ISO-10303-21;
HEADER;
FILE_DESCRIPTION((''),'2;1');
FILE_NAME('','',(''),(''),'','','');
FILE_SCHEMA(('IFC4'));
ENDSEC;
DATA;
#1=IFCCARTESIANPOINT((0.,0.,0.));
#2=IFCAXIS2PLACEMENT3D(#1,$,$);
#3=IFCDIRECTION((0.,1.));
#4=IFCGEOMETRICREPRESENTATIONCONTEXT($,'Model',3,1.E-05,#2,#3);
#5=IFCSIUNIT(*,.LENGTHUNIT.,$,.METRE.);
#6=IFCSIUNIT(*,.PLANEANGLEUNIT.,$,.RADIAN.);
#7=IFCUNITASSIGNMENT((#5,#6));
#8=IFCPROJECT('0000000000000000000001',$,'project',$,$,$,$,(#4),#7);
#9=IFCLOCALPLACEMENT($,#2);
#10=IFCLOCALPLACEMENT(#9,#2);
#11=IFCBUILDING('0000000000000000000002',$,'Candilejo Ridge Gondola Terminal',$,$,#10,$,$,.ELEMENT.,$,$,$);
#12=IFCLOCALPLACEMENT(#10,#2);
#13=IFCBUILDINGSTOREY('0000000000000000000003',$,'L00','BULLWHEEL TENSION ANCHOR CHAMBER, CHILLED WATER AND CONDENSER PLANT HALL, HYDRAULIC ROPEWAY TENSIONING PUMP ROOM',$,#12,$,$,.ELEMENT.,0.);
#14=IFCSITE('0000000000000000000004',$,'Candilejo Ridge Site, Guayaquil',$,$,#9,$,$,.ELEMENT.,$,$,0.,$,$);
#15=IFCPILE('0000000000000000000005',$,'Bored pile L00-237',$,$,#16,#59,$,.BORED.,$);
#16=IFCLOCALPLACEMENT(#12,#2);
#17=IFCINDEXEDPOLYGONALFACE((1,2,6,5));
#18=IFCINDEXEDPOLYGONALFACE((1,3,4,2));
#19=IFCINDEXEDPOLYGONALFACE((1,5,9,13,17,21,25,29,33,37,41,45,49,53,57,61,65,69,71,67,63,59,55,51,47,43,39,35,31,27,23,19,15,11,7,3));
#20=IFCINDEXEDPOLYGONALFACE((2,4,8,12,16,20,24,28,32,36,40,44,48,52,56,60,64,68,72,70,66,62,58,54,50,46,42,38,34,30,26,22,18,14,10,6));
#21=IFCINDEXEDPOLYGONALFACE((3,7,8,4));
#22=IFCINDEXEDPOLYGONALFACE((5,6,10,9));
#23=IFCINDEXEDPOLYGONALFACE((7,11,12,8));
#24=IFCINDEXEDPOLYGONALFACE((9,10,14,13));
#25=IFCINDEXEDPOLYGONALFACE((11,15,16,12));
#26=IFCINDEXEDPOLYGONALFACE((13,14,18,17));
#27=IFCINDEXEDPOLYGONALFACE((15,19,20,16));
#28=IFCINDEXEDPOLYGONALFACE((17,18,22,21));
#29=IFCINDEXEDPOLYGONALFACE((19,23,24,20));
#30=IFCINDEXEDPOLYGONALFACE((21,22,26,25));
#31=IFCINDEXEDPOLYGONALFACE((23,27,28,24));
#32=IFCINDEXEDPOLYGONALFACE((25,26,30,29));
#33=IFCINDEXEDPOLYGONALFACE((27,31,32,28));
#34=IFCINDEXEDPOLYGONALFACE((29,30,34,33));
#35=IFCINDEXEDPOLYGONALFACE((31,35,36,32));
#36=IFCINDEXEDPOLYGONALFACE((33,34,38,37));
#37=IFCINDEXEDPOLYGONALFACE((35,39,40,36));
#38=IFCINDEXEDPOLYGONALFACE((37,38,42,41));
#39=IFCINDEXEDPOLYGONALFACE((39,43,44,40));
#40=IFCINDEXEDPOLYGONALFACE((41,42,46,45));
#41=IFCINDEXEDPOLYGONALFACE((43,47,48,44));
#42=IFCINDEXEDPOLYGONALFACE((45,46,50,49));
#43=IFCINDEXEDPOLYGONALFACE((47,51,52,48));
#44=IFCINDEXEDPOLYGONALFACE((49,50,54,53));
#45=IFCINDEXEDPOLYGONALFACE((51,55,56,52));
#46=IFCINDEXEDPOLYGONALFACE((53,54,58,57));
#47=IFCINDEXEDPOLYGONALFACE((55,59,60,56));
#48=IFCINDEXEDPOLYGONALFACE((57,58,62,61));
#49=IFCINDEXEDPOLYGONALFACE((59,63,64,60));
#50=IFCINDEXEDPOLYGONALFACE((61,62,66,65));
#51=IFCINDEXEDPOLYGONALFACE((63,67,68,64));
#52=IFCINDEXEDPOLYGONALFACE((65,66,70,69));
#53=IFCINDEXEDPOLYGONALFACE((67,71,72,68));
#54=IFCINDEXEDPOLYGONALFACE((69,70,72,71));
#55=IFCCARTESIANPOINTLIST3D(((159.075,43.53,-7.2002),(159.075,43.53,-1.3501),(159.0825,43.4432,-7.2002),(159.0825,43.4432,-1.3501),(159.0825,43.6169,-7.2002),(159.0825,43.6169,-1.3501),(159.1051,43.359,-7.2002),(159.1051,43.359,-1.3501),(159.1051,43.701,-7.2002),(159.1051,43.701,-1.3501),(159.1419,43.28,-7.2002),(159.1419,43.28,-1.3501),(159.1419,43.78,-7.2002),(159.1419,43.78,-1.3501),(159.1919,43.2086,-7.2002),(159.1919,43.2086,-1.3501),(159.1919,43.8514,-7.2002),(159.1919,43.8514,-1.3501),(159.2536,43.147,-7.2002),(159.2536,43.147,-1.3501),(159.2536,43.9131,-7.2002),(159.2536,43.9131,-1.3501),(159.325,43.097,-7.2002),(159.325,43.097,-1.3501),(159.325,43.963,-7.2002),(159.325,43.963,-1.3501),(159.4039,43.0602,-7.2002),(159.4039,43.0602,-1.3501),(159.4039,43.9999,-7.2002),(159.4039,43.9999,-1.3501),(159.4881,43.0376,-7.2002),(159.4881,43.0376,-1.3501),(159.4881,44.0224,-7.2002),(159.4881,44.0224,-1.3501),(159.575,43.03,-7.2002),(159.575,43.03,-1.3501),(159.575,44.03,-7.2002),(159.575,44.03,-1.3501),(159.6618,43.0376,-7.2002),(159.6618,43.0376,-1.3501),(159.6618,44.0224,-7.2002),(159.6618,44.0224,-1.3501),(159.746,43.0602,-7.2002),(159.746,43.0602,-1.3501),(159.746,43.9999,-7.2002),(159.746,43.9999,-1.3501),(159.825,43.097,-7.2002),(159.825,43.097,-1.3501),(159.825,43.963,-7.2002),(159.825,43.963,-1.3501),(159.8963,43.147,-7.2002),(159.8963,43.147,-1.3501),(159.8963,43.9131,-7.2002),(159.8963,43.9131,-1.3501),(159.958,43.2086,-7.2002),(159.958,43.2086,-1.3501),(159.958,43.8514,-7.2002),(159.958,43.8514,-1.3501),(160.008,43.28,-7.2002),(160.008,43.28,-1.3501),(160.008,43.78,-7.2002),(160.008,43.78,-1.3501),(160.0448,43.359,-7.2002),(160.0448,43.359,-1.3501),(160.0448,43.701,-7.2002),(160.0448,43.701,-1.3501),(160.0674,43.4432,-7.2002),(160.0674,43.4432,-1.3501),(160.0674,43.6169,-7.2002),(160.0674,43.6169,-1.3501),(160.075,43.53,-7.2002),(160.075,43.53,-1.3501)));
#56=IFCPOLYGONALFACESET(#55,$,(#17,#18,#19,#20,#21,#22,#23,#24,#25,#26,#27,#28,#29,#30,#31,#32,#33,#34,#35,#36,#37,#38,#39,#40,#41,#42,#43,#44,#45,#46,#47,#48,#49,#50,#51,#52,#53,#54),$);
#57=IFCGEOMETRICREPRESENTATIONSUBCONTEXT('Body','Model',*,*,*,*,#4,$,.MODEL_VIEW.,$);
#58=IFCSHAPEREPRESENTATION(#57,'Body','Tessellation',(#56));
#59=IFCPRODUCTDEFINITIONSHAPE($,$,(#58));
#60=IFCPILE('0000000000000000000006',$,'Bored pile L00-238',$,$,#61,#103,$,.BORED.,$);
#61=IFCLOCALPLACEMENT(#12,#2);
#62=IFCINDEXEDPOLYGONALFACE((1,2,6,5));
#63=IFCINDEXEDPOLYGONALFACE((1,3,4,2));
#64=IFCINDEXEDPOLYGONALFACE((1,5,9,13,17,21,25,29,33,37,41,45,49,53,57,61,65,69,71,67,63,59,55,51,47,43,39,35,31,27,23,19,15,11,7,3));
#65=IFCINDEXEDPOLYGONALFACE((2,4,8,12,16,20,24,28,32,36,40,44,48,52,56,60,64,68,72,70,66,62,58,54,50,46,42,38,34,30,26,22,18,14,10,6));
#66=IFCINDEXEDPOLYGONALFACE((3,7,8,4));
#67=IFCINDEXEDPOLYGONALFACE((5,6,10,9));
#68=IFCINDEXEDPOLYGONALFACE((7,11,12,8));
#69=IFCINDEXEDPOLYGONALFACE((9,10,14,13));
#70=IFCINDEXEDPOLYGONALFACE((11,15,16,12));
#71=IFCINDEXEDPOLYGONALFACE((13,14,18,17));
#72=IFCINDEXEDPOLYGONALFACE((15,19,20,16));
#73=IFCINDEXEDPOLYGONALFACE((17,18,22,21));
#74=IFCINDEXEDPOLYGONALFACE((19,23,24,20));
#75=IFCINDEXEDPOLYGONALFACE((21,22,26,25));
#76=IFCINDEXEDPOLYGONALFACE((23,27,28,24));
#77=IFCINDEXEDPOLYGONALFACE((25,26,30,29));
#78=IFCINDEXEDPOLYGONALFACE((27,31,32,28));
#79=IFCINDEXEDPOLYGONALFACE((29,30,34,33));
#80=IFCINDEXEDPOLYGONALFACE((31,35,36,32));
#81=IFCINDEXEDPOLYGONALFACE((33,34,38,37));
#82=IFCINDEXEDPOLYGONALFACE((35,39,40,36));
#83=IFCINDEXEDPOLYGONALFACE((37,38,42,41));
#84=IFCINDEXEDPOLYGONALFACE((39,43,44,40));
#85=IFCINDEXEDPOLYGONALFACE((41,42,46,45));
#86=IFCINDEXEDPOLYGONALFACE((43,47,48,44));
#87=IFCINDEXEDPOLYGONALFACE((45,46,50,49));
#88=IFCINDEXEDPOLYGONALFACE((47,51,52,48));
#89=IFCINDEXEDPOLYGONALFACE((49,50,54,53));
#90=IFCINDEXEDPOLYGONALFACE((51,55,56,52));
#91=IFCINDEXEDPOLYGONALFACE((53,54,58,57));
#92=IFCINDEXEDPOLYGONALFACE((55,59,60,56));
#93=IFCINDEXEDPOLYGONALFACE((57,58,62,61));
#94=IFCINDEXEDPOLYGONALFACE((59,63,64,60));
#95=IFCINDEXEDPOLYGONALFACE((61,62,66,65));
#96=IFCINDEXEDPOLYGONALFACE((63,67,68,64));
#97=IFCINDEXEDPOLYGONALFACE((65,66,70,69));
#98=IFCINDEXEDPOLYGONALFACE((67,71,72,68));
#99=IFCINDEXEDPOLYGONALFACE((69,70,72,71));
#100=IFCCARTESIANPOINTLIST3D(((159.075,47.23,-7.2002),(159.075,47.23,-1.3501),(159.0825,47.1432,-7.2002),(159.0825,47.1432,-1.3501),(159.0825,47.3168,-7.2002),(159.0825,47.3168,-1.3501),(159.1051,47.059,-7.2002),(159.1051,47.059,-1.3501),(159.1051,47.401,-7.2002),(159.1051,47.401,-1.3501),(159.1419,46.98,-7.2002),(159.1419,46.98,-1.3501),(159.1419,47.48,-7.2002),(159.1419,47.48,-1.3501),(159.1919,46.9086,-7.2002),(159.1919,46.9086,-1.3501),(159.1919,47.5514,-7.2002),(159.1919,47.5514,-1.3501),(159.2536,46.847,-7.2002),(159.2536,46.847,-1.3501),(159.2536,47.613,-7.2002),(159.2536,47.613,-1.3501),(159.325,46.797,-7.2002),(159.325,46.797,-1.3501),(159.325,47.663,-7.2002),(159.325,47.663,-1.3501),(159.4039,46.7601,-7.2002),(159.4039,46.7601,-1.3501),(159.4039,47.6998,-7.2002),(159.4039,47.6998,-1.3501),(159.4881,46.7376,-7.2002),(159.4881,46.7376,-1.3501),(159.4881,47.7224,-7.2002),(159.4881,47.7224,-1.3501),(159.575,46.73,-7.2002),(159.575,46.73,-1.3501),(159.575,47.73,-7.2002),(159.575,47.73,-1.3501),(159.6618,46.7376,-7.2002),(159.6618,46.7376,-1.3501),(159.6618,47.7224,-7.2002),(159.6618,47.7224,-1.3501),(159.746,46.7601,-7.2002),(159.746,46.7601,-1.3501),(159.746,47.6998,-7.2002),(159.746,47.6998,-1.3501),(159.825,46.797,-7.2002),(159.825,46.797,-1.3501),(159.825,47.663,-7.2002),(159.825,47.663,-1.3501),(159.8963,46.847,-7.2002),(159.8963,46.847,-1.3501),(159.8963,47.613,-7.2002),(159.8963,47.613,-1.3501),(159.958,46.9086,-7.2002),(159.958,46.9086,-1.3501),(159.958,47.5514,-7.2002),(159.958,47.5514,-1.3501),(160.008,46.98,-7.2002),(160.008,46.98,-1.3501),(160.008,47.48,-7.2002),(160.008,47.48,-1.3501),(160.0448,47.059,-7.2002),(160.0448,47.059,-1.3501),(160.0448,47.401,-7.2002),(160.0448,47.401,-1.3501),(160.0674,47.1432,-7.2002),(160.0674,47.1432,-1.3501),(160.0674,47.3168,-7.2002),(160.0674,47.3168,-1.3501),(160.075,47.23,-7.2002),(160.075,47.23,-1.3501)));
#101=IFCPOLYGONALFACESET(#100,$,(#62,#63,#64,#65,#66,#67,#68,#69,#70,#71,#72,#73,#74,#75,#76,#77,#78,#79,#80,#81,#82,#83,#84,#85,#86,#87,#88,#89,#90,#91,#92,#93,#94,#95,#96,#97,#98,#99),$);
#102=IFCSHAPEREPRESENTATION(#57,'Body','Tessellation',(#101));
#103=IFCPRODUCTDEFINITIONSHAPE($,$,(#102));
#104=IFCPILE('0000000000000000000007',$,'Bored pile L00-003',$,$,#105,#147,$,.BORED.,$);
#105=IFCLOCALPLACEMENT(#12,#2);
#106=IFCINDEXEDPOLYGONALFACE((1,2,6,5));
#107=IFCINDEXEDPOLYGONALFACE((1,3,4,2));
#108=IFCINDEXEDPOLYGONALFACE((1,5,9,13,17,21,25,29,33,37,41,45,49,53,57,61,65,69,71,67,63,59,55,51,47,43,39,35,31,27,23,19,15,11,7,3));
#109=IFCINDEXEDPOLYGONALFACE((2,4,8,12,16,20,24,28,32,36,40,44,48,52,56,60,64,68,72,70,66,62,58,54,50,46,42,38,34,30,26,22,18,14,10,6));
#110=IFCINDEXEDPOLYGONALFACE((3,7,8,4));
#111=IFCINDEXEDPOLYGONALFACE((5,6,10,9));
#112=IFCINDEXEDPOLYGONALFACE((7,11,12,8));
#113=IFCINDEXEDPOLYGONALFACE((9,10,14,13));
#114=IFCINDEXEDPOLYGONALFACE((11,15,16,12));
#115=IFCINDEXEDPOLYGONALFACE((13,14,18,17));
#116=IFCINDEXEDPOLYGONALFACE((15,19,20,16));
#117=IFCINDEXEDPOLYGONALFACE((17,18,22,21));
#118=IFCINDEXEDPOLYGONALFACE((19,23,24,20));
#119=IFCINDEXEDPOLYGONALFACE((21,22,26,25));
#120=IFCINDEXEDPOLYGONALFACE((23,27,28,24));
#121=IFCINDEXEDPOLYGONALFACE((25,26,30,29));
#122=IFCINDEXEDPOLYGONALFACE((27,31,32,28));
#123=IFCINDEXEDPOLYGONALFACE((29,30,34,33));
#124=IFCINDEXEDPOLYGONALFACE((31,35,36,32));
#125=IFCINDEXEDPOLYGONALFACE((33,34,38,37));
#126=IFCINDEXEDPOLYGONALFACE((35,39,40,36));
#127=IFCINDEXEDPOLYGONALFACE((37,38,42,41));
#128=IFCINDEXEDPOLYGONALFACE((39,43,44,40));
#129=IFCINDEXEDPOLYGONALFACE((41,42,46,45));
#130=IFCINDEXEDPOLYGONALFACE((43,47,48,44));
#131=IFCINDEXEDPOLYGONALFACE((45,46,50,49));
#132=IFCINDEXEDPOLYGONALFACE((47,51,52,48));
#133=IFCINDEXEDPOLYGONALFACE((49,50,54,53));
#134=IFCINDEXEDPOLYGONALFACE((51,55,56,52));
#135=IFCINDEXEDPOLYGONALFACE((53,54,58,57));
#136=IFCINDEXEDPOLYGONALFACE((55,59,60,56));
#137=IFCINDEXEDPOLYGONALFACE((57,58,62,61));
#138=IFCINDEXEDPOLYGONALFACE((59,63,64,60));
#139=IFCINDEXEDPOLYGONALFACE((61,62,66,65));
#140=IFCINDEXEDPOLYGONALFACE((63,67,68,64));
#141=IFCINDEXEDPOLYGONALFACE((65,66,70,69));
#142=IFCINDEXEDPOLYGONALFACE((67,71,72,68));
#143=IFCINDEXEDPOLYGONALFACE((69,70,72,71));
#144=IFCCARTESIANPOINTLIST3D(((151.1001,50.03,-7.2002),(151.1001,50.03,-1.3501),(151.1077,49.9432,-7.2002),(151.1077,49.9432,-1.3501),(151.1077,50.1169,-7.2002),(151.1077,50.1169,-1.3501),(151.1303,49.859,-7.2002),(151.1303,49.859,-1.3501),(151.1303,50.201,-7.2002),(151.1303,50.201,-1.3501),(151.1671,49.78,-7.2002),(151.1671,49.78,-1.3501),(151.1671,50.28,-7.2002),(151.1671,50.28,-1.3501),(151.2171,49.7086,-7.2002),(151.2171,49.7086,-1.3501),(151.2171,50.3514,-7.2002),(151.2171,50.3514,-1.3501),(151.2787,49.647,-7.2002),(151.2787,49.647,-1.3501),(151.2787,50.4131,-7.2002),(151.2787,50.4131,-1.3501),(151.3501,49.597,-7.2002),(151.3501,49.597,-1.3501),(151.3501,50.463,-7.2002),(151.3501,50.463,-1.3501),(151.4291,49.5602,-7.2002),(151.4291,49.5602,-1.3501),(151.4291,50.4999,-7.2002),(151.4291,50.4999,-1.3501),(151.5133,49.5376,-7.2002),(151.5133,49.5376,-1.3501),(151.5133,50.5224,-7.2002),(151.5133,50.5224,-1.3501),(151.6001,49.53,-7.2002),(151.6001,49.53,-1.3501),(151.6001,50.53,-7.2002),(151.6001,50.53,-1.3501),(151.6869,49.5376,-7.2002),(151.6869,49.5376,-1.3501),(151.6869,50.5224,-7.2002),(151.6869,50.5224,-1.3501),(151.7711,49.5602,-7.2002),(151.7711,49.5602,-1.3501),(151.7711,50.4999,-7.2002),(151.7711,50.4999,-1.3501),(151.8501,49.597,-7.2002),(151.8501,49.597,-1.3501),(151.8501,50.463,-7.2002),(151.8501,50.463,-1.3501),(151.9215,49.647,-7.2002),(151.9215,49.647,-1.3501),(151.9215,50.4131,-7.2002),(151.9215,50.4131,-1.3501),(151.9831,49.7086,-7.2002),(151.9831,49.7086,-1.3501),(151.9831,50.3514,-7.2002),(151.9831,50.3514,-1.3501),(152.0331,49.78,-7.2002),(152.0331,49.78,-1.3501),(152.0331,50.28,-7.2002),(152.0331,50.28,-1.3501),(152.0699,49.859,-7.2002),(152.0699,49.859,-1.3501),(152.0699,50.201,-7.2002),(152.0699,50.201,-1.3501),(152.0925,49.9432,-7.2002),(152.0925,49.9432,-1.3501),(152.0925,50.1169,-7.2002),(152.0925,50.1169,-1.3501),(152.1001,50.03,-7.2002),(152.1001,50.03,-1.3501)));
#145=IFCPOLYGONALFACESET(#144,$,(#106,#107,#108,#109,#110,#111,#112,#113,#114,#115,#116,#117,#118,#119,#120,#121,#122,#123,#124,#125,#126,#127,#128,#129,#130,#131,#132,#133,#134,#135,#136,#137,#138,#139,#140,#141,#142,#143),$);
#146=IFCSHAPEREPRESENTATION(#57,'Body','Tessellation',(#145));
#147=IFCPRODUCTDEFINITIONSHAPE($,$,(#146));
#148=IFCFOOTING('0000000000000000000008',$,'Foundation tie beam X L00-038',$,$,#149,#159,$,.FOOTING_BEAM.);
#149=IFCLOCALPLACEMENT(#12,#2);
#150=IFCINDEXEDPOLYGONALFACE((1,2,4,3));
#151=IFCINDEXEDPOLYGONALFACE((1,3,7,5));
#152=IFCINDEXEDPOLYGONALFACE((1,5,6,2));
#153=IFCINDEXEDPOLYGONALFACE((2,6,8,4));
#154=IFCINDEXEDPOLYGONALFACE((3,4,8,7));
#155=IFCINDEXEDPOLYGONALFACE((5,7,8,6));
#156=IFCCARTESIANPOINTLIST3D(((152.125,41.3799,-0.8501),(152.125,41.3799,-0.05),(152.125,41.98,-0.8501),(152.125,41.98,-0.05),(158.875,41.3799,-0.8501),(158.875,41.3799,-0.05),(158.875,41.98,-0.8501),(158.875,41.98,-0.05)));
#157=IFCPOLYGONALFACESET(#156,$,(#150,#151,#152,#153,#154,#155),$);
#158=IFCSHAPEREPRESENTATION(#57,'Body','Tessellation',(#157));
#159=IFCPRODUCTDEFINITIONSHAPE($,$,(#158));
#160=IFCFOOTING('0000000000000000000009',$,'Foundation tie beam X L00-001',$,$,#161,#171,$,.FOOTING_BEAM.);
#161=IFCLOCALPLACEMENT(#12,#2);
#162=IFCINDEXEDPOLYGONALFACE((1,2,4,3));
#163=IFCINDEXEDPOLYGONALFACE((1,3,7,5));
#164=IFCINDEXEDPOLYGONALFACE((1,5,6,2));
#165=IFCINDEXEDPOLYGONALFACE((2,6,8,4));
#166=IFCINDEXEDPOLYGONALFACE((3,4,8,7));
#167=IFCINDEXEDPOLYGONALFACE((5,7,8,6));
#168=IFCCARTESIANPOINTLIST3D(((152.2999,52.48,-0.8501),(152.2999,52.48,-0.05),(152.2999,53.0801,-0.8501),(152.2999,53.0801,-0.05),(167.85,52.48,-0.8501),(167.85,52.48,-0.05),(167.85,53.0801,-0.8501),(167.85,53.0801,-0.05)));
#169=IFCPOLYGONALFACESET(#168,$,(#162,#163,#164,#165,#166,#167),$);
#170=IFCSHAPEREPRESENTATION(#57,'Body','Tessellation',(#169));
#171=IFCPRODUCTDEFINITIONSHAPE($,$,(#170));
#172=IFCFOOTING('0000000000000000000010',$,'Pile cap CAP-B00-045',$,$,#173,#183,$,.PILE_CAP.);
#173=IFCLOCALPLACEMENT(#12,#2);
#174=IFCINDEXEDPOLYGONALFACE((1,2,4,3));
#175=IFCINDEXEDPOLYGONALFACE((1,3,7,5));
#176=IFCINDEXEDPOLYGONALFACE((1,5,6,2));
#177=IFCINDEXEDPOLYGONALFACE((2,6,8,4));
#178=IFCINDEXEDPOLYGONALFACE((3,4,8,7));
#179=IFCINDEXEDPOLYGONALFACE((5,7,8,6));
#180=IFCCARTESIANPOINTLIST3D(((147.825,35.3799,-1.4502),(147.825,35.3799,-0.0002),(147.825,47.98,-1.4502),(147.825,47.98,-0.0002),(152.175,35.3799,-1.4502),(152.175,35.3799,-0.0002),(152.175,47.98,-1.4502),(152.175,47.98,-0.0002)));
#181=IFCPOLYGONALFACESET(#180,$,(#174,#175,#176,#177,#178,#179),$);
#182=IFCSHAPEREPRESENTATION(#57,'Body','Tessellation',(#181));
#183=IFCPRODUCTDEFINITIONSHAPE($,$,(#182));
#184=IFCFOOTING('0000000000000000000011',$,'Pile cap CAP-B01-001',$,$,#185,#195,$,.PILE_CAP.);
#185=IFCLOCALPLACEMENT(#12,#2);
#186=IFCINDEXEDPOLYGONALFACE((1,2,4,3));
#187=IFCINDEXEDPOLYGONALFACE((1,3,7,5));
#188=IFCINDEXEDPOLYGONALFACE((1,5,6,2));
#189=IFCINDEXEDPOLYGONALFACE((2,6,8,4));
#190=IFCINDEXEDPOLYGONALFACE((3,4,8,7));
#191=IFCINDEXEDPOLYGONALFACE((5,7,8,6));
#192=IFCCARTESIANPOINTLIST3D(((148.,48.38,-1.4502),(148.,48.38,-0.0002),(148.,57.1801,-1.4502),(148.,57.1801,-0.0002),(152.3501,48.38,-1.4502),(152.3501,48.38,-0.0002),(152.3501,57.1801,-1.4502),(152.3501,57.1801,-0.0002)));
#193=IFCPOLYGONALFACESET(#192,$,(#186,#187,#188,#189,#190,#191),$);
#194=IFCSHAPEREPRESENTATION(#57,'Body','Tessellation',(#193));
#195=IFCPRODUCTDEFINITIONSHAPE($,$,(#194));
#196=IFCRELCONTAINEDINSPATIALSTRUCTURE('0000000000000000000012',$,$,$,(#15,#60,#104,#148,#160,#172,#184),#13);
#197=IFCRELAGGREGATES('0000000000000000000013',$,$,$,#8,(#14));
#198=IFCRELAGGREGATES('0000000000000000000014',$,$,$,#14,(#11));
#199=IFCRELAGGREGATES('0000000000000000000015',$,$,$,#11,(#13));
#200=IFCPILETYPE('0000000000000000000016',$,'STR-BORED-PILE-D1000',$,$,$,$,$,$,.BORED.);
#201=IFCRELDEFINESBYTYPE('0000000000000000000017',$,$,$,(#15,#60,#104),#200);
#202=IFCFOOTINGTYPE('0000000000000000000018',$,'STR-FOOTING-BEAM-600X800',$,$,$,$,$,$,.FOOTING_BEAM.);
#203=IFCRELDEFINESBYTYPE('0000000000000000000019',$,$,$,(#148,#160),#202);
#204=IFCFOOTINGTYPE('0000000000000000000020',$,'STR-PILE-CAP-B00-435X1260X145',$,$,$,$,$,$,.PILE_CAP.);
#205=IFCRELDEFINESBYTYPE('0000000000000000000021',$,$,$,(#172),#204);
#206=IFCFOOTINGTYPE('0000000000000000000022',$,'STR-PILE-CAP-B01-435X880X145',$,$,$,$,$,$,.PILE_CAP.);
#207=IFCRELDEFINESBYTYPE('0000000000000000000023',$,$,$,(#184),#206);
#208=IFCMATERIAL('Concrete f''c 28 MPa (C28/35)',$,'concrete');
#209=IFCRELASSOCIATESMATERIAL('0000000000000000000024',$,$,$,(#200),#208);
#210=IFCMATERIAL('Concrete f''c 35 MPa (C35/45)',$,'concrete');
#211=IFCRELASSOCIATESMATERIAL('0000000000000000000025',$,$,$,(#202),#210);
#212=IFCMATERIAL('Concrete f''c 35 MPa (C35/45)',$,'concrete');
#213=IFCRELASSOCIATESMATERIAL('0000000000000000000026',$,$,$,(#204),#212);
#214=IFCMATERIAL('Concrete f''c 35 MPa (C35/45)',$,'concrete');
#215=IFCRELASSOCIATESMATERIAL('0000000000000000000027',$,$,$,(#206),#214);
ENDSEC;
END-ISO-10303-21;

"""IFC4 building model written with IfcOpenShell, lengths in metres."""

from ifc_helpers import new_model, si_unit, direction, frame, origin, origin_2d, place, context, subcontext, project, spatial, rectangle, circle, extrude, material, material_profile, profile_set, type_object, element, save


model = new_model("IFC4")

# Units and contexts
model_context = context("Model", 3, precision=1e-05, world=origin(), true_north=direction((0.0, 1.0)))
body_context = subcontext(model_context, "Body", "Model", "MODEL_VIEW")
ifc_project = project(units=[si_unit("LENGTHUNIT", "METRE"), si_unit("PLANEANGLEUNIT", "RADIAN")], contexts=[model_context])

# Site, building, storey
site_placement = place(None, origin())
site = spatial("IfcSite", under=ifc_project, at=site_placement, Name="Candilejo Ridge Site, Guayaquil", CompositionType="ELEMENT", RefElevation=0.0)
building_placement = place(site_placement, origin())
building = spatial("IfcBuilding", under=site, at=building_placement, Name="Candilejo Ridge Gondola Terminal", CompositionType="ELEMENT")
storey_placement = place(building_placement, origin())
storey = spatial("IfcBuildingStorey", under=building, at=storey_placement, Name="L00", Description="BULLWHEEL TENSION ANCHOR CHAMBER, CHILLED WATER AND CONDENSER PLANT HALL, HYDRAULIC ROPEWAY TENSIONING PUMP ROOM", CompositionType="ELEMENT", Elevation=0.0)

# Piles
ifc_material_1 = material(Name="Concrete f'c 28 MPa (C28/35)", Category="concrete")
ifc_material_profile_1 = material_profile(ifc_material_1, circle(Radius=0.5, at=origin_2d()))
ifc_profile_set_1 = profile_set([ifc_material_profile_1], Name="Concrete f'c 28 MPa (C28/35)")
pile_type = type_object("IfcPileType", Name="STR-BORED-PILE-D1000", PredefinedType="BORED", material=ifc_profile_set_1)
for number, where, z_axis, x_axis, name in (
    (1, (159.575, 43.53, -1.3501), (0.0, 0.0, -1.0), (1.0, 0.0, 0.0), "Bored pile L00-237"),
    (2, (159.575, 47.23, -1.3501), (0.0, 0.0, -1.0), (1.0, 0.0, 0.0), "Bored pile L00-238"),
    (3, (151.6001, 50.03, -1.3501), (0.0, 0.0, -1.0), (1.0, 0.0, 0.0), "Bored pile L00-003"),
):
    element("IfcPile", number, at=place(storey_placement, frame(where, z_axis=z_axis, x_axis=x_axis)), inside=storey, type_object=pile_type, Name=name, PredefinedType="BORED", context=body_context, shape_type="SweptSolid", body=[
        extrude(circle(Radius=0.5, at=origin_2d()), origin(), (0.0, 0.0, 1.0), 5.8501),
    ])

# Footings
ifc_material_2 = material(Name="Concrete f'c 35 MPa (C35/45)", Category="concrete")
footing_type_1 = type_object("IfcFootingType", Name="STR-FOOTING-BEAM-600X800", PredefinedType="FOOTING_BEAM", material=ifc_material_2)
footing_1_placement = place(storey_placement, frame((155.5, 41.6799, -0.8501), z_axis=(0.0, 0.0, 1.0), x_axis=(1.0, 0.0, 0.0)))
element("IfcFooting", 4, at=footing_1_placement, inside=storey, type_object=footing_type_1, Name="Foundation tie beam X L00-038", PredefinedType="FOOTING_BEAM", context=body_context, shape_type="SweptSolid", body=[
    extrude(rectangle(XDim=6.75, YDim=0.6001, at=origin_2d()), origin(), (0.0, 0.0, 1.0), 0.8),
])
footing_2_placement = place(storey_placement, frame((160.075, 52.78, -0.8501), z_axis=(0.0, 0.0, 1.0), x_axis=(1.0, 0.0, 0.0)))
element("IfcFooting", 5, at=footing_2_placement, inside=storey, type_object=footing_type_1, Name="Foundation tie beam X L00-001", PredefinedType="FOOTING_BEAM", context=body_context, shape_type="SweptSolid", body=[
    extrude(rectangle(XDim=15.55, YDim=0.6001, at=origin_2d()), origin(), (0.0, 0.0, 1.0), 0.8),
])
ifc_material_3 = material(Name="Concrete f'c 35 MPa (C35/45)", Category="concrete")
footing_type_2 = type_object("IfcFootingType", Name="STR-PILE-CAP-B00-435X1260X145", PredefinedType="PILE_CAP", material=ifc_material_3)
footing_3_placement = place(storey_placement, frame((150.0, 41.6799, -1.4502), z_axis=(0.0, 0.0, 1.0), x_axis=(1.0, 0.0, 0.0)))
element("IfcFooting", 6, at=footing_3_placement, inside=storey, type_object=footing_type_2, Name="Pile cap CAP-B00-045", PredefinedType="PILE_CAP", context=body_context, shape_type="SweptSolid", body=[
    extrude(rectangle(XDim=4.3501, YDim=12.6001, at=origin_2d()), origin(), (0.0, 0.0, 1.0), 1.45),
])
ifc_material_4 = material(Name="Concrete f'c 35 MPa (C35/45)", Category="concrete")
footing_type_3 = type_object("IfcFootingType", Name="STR-PILE-CAP-B01-435X880X145", PredefinedType="PILE_CAP", material=ifc_material_4)
footing_4_placement = place(storey_placement, frame((150.175, 52.78, -1.4502), z_axis=(0.0, 0.0, 1.0), x_axis=(1.0, 0.0, 0.0)))
element("IfcFooting", 7, at=footing_4_placement, inside=storey, type_object=footing_type_3, Name="Pile cap CAP-B01-001", PredefinedType="PILE_CAP", context=body_context, shape_type="SweptSolid", body=[
    extrude(rectangle(XDim=4.3501, YDim=8.8, at=origin_2d()), origin(), (0.0, 0.0, 1.0), 1.45),
])

save(model, "model.ifc")
